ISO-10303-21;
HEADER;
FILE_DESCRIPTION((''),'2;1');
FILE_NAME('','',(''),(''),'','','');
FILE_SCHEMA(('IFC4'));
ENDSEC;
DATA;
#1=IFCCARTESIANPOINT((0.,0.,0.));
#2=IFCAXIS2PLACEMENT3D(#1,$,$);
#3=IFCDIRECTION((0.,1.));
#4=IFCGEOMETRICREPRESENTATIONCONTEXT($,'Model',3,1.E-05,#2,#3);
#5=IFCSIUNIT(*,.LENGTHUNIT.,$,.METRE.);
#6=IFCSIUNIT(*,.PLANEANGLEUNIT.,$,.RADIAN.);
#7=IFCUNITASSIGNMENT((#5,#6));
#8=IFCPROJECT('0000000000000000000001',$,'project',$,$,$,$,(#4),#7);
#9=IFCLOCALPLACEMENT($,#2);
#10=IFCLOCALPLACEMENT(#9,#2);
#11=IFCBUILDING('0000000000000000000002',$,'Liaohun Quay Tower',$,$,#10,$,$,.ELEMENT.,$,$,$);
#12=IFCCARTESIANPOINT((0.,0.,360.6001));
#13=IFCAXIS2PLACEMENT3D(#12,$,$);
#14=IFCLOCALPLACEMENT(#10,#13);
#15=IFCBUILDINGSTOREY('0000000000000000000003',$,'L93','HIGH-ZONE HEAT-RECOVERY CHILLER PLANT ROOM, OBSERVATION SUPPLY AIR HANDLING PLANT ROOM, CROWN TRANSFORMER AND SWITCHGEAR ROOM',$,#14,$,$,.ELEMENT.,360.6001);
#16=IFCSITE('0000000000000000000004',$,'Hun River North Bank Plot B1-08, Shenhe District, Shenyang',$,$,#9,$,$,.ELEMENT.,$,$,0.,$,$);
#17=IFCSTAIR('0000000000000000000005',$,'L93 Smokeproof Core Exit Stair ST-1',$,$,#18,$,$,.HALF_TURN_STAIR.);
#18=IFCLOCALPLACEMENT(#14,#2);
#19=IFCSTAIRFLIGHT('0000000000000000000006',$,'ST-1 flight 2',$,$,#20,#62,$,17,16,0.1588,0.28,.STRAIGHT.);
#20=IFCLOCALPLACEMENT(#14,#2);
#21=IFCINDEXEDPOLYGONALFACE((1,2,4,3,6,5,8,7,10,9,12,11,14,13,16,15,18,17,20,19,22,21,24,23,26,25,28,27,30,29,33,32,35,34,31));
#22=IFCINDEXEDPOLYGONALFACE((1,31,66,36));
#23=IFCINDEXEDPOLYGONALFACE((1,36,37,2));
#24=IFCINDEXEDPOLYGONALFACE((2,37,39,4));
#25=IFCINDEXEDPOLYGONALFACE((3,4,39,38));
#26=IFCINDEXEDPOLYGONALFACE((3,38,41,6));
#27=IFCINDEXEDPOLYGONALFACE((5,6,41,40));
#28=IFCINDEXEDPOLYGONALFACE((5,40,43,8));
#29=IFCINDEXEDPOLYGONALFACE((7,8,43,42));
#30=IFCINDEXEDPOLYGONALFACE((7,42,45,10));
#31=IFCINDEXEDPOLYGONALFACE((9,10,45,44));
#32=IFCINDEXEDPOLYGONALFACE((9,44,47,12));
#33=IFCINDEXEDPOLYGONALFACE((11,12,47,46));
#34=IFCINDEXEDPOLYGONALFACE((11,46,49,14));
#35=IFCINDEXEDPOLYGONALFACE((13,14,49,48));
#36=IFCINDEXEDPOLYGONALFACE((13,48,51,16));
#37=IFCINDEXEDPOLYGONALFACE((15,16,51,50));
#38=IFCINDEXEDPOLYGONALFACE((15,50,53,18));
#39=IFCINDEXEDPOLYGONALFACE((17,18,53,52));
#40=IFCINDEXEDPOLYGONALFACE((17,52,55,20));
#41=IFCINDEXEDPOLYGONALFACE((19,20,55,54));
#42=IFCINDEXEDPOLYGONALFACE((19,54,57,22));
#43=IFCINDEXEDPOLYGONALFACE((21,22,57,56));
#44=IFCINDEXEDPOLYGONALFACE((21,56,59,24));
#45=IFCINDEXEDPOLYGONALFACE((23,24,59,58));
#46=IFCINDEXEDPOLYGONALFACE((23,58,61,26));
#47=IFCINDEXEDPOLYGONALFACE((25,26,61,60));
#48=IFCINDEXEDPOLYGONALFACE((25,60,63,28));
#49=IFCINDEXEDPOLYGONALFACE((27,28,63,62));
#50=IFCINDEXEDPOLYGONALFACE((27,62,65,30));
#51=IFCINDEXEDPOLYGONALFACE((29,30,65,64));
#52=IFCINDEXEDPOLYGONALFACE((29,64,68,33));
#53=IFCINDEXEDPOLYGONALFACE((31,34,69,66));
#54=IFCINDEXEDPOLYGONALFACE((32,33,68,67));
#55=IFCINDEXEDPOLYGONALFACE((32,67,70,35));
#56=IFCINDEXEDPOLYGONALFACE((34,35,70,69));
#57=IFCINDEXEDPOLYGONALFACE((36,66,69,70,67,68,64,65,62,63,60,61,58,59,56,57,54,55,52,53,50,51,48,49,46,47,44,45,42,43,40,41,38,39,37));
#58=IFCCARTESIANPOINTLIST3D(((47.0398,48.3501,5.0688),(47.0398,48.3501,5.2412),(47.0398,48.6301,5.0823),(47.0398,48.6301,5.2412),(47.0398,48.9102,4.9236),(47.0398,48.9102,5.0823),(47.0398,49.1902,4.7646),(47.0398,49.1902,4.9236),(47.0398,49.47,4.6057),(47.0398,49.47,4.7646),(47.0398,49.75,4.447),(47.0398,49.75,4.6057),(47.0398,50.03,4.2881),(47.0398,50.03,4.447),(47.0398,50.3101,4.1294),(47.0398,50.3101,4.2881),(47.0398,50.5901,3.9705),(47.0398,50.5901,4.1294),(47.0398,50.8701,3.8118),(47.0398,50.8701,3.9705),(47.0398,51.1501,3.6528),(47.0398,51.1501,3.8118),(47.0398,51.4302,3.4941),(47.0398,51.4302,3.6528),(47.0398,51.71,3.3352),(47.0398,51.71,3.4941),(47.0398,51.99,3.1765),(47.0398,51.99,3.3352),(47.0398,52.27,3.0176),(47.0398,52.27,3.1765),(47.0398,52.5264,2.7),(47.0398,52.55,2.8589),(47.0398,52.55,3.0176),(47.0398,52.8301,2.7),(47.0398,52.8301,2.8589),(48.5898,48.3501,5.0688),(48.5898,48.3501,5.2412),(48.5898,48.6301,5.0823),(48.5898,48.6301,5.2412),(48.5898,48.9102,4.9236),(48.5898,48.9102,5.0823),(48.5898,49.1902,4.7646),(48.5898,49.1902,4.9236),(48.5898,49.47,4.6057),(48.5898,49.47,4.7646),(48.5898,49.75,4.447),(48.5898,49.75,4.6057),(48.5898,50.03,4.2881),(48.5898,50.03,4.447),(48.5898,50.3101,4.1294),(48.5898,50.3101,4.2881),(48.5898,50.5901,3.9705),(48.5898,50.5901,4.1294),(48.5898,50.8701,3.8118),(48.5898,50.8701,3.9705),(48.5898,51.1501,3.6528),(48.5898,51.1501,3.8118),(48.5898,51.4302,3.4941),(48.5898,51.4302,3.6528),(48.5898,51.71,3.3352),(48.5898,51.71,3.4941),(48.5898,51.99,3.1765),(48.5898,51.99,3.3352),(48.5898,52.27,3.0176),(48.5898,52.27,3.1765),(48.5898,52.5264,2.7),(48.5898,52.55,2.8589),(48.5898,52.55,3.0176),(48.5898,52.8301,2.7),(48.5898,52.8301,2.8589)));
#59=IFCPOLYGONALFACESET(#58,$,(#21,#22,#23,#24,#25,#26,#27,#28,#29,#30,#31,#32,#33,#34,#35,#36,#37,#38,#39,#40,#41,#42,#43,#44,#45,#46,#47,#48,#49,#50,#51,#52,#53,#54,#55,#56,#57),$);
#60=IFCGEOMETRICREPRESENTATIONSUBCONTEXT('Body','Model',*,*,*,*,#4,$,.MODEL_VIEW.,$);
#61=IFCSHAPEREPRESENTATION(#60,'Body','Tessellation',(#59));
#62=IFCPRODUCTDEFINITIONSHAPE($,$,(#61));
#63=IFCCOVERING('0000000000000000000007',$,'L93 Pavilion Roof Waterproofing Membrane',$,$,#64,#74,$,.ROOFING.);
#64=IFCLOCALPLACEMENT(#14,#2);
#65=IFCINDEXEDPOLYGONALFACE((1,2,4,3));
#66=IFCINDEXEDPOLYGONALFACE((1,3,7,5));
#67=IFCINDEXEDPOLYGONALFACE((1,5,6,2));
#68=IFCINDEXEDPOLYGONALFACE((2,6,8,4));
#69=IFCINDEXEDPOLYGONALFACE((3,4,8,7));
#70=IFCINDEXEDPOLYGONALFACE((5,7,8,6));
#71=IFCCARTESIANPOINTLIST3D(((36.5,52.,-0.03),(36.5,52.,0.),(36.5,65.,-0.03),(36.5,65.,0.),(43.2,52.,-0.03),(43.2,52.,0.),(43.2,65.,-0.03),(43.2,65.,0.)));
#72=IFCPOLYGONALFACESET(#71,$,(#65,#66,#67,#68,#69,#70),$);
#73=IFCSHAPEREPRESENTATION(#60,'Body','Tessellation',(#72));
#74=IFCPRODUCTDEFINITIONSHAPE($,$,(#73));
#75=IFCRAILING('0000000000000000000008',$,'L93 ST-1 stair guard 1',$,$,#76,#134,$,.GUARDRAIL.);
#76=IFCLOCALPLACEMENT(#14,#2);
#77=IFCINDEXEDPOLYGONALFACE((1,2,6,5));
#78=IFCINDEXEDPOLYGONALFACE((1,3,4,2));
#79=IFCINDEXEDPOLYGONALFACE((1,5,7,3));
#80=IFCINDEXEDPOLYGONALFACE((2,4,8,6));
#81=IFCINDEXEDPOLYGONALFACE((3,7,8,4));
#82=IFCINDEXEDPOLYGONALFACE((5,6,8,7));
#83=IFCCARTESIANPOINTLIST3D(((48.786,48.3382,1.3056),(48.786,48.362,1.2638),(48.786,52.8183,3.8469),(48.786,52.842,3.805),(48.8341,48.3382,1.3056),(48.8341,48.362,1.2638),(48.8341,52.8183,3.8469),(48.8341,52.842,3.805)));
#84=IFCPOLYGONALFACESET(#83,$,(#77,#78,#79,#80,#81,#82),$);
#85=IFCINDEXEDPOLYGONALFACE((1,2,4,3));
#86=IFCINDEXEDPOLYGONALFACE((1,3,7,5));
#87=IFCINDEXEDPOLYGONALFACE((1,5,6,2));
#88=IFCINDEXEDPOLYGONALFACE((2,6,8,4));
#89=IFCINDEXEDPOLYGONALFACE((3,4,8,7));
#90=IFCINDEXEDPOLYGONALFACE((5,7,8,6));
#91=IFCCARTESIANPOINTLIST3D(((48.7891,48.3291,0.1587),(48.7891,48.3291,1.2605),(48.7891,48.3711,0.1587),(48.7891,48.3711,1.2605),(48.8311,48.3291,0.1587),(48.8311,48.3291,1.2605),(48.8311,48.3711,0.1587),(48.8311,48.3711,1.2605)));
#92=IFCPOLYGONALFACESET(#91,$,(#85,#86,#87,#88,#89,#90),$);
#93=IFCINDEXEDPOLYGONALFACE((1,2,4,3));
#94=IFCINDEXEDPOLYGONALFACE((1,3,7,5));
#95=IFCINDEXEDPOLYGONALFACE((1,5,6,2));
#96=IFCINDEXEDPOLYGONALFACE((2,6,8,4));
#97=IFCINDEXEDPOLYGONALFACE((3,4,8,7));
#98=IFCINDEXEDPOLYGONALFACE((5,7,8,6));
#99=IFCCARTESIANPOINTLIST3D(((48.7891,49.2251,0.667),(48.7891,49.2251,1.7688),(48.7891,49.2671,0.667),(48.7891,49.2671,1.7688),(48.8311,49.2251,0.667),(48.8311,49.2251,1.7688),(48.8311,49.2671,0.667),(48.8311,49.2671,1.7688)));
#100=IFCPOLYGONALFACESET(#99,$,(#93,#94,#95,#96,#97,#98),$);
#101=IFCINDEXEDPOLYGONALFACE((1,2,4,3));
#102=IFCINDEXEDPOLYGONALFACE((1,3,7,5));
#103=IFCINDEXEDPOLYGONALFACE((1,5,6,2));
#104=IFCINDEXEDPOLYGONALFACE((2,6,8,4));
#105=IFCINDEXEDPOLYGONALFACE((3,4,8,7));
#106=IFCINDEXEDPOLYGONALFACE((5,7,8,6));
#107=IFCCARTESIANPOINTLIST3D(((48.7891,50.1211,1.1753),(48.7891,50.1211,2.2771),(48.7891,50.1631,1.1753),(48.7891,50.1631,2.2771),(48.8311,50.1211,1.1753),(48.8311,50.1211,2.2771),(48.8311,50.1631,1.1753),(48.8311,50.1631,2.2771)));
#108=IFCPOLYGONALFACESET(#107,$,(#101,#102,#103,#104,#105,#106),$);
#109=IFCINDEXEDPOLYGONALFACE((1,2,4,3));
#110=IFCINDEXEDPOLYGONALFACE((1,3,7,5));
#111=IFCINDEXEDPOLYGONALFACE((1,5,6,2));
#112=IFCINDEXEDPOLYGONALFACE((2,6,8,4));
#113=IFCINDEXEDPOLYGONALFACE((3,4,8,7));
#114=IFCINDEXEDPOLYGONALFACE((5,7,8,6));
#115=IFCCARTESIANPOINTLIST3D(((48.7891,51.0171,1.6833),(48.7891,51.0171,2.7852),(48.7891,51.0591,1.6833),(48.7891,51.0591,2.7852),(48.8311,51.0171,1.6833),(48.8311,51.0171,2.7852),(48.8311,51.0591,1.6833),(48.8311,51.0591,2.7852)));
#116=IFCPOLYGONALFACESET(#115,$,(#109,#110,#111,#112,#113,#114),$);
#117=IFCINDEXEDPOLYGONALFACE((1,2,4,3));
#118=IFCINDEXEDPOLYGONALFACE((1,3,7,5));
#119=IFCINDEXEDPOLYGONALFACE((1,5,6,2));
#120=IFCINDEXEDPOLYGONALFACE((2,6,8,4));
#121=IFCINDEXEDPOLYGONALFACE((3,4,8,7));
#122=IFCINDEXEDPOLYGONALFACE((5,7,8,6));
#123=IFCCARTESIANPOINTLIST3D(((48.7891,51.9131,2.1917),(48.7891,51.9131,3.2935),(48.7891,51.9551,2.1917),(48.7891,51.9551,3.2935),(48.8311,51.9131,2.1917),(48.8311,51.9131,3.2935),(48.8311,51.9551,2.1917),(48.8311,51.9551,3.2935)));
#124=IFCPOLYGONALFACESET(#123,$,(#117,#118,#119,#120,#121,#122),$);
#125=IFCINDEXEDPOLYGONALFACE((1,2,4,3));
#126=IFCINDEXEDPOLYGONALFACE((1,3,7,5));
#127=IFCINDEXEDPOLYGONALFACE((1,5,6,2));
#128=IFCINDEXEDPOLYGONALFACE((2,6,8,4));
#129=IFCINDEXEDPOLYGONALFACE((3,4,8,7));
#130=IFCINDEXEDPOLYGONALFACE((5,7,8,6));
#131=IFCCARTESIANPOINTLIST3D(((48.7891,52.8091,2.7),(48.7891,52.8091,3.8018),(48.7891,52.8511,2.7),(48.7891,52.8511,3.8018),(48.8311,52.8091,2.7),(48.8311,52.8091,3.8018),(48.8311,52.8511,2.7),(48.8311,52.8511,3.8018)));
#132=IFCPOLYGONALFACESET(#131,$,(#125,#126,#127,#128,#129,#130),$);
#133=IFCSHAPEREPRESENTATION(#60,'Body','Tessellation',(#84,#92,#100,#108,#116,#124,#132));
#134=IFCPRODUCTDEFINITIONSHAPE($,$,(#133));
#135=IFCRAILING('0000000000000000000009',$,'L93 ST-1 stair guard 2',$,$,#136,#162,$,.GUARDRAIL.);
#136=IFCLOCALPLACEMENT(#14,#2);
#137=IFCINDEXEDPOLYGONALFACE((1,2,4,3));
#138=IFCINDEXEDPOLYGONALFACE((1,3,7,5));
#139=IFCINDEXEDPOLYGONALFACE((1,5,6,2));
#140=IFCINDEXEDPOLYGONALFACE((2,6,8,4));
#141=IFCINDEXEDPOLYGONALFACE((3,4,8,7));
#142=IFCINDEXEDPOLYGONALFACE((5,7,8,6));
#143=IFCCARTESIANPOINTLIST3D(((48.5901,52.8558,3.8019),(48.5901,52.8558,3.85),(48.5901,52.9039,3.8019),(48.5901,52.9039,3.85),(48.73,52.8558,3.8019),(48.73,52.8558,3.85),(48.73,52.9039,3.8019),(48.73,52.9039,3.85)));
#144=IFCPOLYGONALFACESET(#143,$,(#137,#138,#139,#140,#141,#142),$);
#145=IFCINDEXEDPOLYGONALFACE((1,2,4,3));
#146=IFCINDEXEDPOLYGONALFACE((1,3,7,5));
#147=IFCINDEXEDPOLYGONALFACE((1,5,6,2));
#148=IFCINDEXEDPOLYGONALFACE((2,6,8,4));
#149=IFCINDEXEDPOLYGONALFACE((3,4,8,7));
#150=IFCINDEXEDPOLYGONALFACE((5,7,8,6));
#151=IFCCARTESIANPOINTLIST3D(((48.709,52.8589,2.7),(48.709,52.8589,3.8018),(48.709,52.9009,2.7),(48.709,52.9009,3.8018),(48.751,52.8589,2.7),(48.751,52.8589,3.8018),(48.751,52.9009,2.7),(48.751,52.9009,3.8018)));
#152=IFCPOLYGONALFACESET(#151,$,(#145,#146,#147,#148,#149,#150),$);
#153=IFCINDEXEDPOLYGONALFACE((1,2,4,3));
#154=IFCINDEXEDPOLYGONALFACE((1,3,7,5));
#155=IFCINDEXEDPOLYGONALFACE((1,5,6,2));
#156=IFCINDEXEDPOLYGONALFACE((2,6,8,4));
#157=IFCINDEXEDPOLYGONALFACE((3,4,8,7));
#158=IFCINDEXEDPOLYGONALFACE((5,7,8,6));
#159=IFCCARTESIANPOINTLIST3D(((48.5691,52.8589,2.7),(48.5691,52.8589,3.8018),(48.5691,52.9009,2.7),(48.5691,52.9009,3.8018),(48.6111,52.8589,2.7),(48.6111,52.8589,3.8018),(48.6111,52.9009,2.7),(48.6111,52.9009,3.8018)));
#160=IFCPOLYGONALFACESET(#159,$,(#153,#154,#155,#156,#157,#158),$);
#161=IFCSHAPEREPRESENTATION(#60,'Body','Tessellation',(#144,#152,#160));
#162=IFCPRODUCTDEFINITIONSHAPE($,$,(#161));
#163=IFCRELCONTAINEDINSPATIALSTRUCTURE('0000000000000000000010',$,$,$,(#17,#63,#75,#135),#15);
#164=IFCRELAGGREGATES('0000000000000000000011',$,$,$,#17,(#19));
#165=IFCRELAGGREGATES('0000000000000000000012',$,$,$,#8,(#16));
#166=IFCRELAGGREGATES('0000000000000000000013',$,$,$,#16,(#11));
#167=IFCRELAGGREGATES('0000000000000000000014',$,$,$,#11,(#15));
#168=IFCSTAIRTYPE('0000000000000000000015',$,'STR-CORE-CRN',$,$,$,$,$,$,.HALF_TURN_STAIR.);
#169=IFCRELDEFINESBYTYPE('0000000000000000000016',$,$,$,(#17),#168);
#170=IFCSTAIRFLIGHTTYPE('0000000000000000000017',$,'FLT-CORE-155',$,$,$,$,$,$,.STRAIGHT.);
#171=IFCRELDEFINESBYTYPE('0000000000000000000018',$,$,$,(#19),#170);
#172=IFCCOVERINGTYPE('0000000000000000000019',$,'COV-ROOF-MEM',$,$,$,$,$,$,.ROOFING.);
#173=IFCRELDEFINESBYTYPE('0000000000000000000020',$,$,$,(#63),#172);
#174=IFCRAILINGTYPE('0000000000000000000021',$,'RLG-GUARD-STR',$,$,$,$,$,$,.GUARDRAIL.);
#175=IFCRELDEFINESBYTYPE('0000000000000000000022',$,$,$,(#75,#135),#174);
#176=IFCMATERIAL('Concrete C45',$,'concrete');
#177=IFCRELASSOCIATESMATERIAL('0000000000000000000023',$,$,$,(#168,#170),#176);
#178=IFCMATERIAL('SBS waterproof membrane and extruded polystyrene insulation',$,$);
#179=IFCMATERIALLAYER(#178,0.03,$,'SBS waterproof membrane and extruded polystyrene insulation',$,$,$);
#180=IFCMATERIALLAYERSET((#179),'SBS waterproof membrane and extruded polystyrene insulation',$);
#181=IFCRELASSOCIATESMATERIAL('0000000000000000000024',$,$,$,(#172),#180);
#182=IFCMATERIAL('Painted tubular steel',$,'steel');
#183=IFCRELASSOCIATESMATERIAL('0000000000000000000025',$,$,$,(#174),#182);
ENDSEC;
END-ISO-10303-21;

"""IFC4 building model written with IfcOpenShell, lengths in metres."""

from ifc_helpers import new_model, si_unit, direction, frame, origin, origin_2d, place, context, subcontext, project, spatial, polyline, rectangle, outline, extrude, material, layer, layer_set, type_object, element, aggregate, save


model = new_model("IFC4")

# Units and contexts
model_context = context("Model", 3, precision=1e-05, world=origin(), true_north=direction((0.0, 1.0)))
body_context = subcontext(model_context, "Body", "Model", "MODEL_VIEW")
ifc_project = project(units=[si_unit("LENGTHUNIT", "METRE"), si_unit("PLANEANGLEUNIT", "RADIAN")], contexts=[model_context])

# Site, building, storey
site_placement = place(None, origin())
site = spatial("IfcSite", under=ifc_project, at=site_placement, Name="Hun River North Bank Plot B1-08, Shenhe District, Shenyang", CompositionType="ELEMENT", RefElevation=0.0)
building_placement = place(site_placement, origin())
building = spatial("IfcBuilding", under=site, at=building_placement, Name="Liaohun Quay Tower", CompositionType="ELEMENT")
storey_placement = place(building_placement, frame((0.0, 0.0, 360.6001)))
storey = spatial("IfcBuildingStorey", under=building, at=storey_placement, Name="L93", Description="HIGH-ZONE HEAT-RECOVERY CHILLER PLANT ROOM, OBSERVATION SUPPLY AIR HANDLING PLANT ROOM, CROWN TRANSFORMER AND SWITCHGEAR ROOM", CompositionType="ELEMENT", Elevation=360.6001)

# Stair
ifc_material_1 = material(Name="Concrete C45", Category="concrete")
stair_type = type_object("IfcStairType", Name="STR-CORE-CRN", PredefinedType="HALF_TURN_STAIR", material=ifc_material_1)
stair_1_placement = place(storey_placement, origin())
stair_1 = element("IfcStair", 1, at=stair_1_placement, inside=storey, type_object=stair_type, Name="L93 Smokeproof Core Exit Stair ST-1", PredefinedType="HALF_TURN_STAIR")

# Stair flight
stair_flight_type = type_object("IfcStairFlightType", Name="FLT-CORE-155", PredefinedType="STRAIGHT", material=ifc_material_1)
stair_flight_placement = place(storey_placement, frame((47.8149, 52.8301, 2.7), z_axis=(0.0, 0.0, 1.0), x_axis=(0.0, -1.0, 0.0)))
stair_flight = element("IfcStairFlight", 2, at=stair_flight_placement, type_object=stair_flight_type, Name="ST-1 flight 2", NumberOfRisers=17, NumberOfTreads=16, PredefinedType="STRAIGHT", RiserHeight=0.1588, TreadLength=0.28, context=body_context, shape_type="SweptSolid", body=[
    extrude(outline(polyline([(0.0, 0.0), (0.0, 0.1589), (0.28, 0.1589), (0.28, 0.3176), (0.5601, 0.3176), (0.5601, 0.4766), (0.8401, 0.4766), (0.8401, 0.6353), (1.1201, 0.6353), (1.1201, 0.7942), (1.3999, 0.7942), (1.3999, 0.9529), (1.6799, 0.9529), (1.6799, 1.1118), (1.96, 1.1118), (1.96, 1.2705), (2.24, 1.2705), (2.24, 1.4294), (2.52, 1.4294), (2.52, 1.5881), (2.8, 1.5881), (2.8, 1.7471), (3.0801, 1.7471), (3.0801, 1.9058), (3.3601, 1.9058), (3.3601, 2.0647), (3.6399, 2.0647), (3.6399, 2.2236), (3.9199, 2.2236), (3.9199, 2.3823), (4.2, 2.3823), (4.2, 2.5413), (4.48, 2.5413), (4.48, 2.7), (4.48, 2.3689), (0.3037, 0.0), (0.0, 0.0)])), frame((0.0, 0.7749, 0.0), z_axis=(0.0, -1.0, 0.0), x_axis=(1.0, 0.0, 0.0)), (0.0, 0.0, 1.0), 1.55),
])
aggregate(stair_1, [stair_flight])

# Covering
ifc_material_2 = material(Name="SBS waterproof membrane and extruded polystyrene insulation")
ifc_layer_1 = layer(ifc_material_2, 0.03, Name="SBS waterproof membrane and extruded polystyrene insulation")
ifc_layer_set_1 = layer_set([ifc_layer_1], Name="SBS waterproof membrane and extruded polystyrene insulation")
covering_type = type_object("IfcCoveringType", Name="COV-ROOF-MEM", PredefinedType="ROOFING", material=ifc_layer_set_1)
covering_placement = place(storey_placement, frame((0.0, 0.0, -0.03)))
element("IfcCovering", 3, at=covering_placement, inside=storey, type_object=covering_type, Name="L93 Pavilion Roof Waterproofing Membrane", PredefinedType="ROOFING", context=body_context, shape_type="SweptSolid", body=[
    extrude(outline(polyline([(36.5, 52.0), (43.2, 52.0), (43.2, 65.0), (36.5, 65.0), (36.5, 52.0)])), origin(), (0.0, 0.0, 1.0), 0.03),
])

# Railings
ifc_material_3 = material(Name="Painted tubular steel", Category="steel")
railing_type_1 = type_object("IfcRailingType", Name="RLG-GUARD-STR", PredefinedType="GUARDRAIL", material=ifc_material_3)
railing_1_placement = place(storey_placement, frame((48.8101, 48.3501, 0.1587)))
element("IfcRailing", 4, at=railing_1_placement, inside=storey, type_object=railing_type_1, Name="L93 ST-1 stair guard 1", PredefinedType="GUARDRAIL", context=body_context, shape_type="SweptSolid", body=[
    extrude(rectangle(XDim=0.0481, YDim=0.0481, at=origin_2d()), frame((0.0, 0.0, 1.126), z_axis=(0.0, 0.869805, 0.493395), x_axis=(-1.0, 0.0, 0.0)), (0.0, 0.0, 1.0), 5.1506),
    extrude(rectangle(XDim=0.042, YDim=0.042, at=origin_2d()), origin(), (0.0, 0.0, 1.0), 1.1018),
    extrude(rectangle(XDim=0.042, YDim=0.042, at=origin_2d()), frame((0.0, 0.896, 0.5083)), (0.0, 0.0, 1.0), 1.1018),
    extrude(rectangle(XDim=0.042, YDim=0.042, at=origin_2d()), frame((0.0, 1.792, 1.0166)), (0.0, 0.0, 1.0), 1.1018),
    extrude(rectangle(XDim=0.042, YDim=0.042, at=origin_2d()), frame((0.0, 2.688, 1.5247)), (0.0, 0.0, 1.0), 1.1018),
    extrude(rectangle(XDim=0.042, YDim=0.042, at=origin_2d()), frame((0.0, 3.584, 2.033)), (0.0, 0.0, 1.0), 1.1018),
    extrude(rectangle(XDim=0.042, YDim=0.042, at=origin_2d()), frame((0.0, 4.48, 2.5413)), (0.0, 0.0, 1.0), 1.1018),
])
railing_2_placement = place(storey_placement, frame((48.73, 52.8799, 2.7)))
element("IfcRailing", 5, at=railing_2_placement, inside=storey, type_object=railing_type_1, Name="L93 ST-1 stair guard 2", PredefinedType="GUARDRAIL", context=body_context, shape_type="SweptSolid", body=[
    extrude(rectangle(XDim=0.0481, YDim=0.0481, at=origin_2d()), frame((0.0, 0.0, 1.126), z_axis=(-1.0, 0.0, 0.0), x_axis=(0.0, -1.0, 0.0)), (0.0, 0.0, 1.0), 0.1399),
    extrude(rectangle(XDim=0.042, YDim=0.042, at=origin_2d()), origin(), (0.0, 0.0, 1.0), 1.1018),
    extrude(rectangle(XDim=0.042, YDim=0.042, at=origin_2d()), frame((-0.1399, 0.0, 0.0)), (0.0, 0.0, 1.0), 1.1018),
])

save(model, "model.ifc")
